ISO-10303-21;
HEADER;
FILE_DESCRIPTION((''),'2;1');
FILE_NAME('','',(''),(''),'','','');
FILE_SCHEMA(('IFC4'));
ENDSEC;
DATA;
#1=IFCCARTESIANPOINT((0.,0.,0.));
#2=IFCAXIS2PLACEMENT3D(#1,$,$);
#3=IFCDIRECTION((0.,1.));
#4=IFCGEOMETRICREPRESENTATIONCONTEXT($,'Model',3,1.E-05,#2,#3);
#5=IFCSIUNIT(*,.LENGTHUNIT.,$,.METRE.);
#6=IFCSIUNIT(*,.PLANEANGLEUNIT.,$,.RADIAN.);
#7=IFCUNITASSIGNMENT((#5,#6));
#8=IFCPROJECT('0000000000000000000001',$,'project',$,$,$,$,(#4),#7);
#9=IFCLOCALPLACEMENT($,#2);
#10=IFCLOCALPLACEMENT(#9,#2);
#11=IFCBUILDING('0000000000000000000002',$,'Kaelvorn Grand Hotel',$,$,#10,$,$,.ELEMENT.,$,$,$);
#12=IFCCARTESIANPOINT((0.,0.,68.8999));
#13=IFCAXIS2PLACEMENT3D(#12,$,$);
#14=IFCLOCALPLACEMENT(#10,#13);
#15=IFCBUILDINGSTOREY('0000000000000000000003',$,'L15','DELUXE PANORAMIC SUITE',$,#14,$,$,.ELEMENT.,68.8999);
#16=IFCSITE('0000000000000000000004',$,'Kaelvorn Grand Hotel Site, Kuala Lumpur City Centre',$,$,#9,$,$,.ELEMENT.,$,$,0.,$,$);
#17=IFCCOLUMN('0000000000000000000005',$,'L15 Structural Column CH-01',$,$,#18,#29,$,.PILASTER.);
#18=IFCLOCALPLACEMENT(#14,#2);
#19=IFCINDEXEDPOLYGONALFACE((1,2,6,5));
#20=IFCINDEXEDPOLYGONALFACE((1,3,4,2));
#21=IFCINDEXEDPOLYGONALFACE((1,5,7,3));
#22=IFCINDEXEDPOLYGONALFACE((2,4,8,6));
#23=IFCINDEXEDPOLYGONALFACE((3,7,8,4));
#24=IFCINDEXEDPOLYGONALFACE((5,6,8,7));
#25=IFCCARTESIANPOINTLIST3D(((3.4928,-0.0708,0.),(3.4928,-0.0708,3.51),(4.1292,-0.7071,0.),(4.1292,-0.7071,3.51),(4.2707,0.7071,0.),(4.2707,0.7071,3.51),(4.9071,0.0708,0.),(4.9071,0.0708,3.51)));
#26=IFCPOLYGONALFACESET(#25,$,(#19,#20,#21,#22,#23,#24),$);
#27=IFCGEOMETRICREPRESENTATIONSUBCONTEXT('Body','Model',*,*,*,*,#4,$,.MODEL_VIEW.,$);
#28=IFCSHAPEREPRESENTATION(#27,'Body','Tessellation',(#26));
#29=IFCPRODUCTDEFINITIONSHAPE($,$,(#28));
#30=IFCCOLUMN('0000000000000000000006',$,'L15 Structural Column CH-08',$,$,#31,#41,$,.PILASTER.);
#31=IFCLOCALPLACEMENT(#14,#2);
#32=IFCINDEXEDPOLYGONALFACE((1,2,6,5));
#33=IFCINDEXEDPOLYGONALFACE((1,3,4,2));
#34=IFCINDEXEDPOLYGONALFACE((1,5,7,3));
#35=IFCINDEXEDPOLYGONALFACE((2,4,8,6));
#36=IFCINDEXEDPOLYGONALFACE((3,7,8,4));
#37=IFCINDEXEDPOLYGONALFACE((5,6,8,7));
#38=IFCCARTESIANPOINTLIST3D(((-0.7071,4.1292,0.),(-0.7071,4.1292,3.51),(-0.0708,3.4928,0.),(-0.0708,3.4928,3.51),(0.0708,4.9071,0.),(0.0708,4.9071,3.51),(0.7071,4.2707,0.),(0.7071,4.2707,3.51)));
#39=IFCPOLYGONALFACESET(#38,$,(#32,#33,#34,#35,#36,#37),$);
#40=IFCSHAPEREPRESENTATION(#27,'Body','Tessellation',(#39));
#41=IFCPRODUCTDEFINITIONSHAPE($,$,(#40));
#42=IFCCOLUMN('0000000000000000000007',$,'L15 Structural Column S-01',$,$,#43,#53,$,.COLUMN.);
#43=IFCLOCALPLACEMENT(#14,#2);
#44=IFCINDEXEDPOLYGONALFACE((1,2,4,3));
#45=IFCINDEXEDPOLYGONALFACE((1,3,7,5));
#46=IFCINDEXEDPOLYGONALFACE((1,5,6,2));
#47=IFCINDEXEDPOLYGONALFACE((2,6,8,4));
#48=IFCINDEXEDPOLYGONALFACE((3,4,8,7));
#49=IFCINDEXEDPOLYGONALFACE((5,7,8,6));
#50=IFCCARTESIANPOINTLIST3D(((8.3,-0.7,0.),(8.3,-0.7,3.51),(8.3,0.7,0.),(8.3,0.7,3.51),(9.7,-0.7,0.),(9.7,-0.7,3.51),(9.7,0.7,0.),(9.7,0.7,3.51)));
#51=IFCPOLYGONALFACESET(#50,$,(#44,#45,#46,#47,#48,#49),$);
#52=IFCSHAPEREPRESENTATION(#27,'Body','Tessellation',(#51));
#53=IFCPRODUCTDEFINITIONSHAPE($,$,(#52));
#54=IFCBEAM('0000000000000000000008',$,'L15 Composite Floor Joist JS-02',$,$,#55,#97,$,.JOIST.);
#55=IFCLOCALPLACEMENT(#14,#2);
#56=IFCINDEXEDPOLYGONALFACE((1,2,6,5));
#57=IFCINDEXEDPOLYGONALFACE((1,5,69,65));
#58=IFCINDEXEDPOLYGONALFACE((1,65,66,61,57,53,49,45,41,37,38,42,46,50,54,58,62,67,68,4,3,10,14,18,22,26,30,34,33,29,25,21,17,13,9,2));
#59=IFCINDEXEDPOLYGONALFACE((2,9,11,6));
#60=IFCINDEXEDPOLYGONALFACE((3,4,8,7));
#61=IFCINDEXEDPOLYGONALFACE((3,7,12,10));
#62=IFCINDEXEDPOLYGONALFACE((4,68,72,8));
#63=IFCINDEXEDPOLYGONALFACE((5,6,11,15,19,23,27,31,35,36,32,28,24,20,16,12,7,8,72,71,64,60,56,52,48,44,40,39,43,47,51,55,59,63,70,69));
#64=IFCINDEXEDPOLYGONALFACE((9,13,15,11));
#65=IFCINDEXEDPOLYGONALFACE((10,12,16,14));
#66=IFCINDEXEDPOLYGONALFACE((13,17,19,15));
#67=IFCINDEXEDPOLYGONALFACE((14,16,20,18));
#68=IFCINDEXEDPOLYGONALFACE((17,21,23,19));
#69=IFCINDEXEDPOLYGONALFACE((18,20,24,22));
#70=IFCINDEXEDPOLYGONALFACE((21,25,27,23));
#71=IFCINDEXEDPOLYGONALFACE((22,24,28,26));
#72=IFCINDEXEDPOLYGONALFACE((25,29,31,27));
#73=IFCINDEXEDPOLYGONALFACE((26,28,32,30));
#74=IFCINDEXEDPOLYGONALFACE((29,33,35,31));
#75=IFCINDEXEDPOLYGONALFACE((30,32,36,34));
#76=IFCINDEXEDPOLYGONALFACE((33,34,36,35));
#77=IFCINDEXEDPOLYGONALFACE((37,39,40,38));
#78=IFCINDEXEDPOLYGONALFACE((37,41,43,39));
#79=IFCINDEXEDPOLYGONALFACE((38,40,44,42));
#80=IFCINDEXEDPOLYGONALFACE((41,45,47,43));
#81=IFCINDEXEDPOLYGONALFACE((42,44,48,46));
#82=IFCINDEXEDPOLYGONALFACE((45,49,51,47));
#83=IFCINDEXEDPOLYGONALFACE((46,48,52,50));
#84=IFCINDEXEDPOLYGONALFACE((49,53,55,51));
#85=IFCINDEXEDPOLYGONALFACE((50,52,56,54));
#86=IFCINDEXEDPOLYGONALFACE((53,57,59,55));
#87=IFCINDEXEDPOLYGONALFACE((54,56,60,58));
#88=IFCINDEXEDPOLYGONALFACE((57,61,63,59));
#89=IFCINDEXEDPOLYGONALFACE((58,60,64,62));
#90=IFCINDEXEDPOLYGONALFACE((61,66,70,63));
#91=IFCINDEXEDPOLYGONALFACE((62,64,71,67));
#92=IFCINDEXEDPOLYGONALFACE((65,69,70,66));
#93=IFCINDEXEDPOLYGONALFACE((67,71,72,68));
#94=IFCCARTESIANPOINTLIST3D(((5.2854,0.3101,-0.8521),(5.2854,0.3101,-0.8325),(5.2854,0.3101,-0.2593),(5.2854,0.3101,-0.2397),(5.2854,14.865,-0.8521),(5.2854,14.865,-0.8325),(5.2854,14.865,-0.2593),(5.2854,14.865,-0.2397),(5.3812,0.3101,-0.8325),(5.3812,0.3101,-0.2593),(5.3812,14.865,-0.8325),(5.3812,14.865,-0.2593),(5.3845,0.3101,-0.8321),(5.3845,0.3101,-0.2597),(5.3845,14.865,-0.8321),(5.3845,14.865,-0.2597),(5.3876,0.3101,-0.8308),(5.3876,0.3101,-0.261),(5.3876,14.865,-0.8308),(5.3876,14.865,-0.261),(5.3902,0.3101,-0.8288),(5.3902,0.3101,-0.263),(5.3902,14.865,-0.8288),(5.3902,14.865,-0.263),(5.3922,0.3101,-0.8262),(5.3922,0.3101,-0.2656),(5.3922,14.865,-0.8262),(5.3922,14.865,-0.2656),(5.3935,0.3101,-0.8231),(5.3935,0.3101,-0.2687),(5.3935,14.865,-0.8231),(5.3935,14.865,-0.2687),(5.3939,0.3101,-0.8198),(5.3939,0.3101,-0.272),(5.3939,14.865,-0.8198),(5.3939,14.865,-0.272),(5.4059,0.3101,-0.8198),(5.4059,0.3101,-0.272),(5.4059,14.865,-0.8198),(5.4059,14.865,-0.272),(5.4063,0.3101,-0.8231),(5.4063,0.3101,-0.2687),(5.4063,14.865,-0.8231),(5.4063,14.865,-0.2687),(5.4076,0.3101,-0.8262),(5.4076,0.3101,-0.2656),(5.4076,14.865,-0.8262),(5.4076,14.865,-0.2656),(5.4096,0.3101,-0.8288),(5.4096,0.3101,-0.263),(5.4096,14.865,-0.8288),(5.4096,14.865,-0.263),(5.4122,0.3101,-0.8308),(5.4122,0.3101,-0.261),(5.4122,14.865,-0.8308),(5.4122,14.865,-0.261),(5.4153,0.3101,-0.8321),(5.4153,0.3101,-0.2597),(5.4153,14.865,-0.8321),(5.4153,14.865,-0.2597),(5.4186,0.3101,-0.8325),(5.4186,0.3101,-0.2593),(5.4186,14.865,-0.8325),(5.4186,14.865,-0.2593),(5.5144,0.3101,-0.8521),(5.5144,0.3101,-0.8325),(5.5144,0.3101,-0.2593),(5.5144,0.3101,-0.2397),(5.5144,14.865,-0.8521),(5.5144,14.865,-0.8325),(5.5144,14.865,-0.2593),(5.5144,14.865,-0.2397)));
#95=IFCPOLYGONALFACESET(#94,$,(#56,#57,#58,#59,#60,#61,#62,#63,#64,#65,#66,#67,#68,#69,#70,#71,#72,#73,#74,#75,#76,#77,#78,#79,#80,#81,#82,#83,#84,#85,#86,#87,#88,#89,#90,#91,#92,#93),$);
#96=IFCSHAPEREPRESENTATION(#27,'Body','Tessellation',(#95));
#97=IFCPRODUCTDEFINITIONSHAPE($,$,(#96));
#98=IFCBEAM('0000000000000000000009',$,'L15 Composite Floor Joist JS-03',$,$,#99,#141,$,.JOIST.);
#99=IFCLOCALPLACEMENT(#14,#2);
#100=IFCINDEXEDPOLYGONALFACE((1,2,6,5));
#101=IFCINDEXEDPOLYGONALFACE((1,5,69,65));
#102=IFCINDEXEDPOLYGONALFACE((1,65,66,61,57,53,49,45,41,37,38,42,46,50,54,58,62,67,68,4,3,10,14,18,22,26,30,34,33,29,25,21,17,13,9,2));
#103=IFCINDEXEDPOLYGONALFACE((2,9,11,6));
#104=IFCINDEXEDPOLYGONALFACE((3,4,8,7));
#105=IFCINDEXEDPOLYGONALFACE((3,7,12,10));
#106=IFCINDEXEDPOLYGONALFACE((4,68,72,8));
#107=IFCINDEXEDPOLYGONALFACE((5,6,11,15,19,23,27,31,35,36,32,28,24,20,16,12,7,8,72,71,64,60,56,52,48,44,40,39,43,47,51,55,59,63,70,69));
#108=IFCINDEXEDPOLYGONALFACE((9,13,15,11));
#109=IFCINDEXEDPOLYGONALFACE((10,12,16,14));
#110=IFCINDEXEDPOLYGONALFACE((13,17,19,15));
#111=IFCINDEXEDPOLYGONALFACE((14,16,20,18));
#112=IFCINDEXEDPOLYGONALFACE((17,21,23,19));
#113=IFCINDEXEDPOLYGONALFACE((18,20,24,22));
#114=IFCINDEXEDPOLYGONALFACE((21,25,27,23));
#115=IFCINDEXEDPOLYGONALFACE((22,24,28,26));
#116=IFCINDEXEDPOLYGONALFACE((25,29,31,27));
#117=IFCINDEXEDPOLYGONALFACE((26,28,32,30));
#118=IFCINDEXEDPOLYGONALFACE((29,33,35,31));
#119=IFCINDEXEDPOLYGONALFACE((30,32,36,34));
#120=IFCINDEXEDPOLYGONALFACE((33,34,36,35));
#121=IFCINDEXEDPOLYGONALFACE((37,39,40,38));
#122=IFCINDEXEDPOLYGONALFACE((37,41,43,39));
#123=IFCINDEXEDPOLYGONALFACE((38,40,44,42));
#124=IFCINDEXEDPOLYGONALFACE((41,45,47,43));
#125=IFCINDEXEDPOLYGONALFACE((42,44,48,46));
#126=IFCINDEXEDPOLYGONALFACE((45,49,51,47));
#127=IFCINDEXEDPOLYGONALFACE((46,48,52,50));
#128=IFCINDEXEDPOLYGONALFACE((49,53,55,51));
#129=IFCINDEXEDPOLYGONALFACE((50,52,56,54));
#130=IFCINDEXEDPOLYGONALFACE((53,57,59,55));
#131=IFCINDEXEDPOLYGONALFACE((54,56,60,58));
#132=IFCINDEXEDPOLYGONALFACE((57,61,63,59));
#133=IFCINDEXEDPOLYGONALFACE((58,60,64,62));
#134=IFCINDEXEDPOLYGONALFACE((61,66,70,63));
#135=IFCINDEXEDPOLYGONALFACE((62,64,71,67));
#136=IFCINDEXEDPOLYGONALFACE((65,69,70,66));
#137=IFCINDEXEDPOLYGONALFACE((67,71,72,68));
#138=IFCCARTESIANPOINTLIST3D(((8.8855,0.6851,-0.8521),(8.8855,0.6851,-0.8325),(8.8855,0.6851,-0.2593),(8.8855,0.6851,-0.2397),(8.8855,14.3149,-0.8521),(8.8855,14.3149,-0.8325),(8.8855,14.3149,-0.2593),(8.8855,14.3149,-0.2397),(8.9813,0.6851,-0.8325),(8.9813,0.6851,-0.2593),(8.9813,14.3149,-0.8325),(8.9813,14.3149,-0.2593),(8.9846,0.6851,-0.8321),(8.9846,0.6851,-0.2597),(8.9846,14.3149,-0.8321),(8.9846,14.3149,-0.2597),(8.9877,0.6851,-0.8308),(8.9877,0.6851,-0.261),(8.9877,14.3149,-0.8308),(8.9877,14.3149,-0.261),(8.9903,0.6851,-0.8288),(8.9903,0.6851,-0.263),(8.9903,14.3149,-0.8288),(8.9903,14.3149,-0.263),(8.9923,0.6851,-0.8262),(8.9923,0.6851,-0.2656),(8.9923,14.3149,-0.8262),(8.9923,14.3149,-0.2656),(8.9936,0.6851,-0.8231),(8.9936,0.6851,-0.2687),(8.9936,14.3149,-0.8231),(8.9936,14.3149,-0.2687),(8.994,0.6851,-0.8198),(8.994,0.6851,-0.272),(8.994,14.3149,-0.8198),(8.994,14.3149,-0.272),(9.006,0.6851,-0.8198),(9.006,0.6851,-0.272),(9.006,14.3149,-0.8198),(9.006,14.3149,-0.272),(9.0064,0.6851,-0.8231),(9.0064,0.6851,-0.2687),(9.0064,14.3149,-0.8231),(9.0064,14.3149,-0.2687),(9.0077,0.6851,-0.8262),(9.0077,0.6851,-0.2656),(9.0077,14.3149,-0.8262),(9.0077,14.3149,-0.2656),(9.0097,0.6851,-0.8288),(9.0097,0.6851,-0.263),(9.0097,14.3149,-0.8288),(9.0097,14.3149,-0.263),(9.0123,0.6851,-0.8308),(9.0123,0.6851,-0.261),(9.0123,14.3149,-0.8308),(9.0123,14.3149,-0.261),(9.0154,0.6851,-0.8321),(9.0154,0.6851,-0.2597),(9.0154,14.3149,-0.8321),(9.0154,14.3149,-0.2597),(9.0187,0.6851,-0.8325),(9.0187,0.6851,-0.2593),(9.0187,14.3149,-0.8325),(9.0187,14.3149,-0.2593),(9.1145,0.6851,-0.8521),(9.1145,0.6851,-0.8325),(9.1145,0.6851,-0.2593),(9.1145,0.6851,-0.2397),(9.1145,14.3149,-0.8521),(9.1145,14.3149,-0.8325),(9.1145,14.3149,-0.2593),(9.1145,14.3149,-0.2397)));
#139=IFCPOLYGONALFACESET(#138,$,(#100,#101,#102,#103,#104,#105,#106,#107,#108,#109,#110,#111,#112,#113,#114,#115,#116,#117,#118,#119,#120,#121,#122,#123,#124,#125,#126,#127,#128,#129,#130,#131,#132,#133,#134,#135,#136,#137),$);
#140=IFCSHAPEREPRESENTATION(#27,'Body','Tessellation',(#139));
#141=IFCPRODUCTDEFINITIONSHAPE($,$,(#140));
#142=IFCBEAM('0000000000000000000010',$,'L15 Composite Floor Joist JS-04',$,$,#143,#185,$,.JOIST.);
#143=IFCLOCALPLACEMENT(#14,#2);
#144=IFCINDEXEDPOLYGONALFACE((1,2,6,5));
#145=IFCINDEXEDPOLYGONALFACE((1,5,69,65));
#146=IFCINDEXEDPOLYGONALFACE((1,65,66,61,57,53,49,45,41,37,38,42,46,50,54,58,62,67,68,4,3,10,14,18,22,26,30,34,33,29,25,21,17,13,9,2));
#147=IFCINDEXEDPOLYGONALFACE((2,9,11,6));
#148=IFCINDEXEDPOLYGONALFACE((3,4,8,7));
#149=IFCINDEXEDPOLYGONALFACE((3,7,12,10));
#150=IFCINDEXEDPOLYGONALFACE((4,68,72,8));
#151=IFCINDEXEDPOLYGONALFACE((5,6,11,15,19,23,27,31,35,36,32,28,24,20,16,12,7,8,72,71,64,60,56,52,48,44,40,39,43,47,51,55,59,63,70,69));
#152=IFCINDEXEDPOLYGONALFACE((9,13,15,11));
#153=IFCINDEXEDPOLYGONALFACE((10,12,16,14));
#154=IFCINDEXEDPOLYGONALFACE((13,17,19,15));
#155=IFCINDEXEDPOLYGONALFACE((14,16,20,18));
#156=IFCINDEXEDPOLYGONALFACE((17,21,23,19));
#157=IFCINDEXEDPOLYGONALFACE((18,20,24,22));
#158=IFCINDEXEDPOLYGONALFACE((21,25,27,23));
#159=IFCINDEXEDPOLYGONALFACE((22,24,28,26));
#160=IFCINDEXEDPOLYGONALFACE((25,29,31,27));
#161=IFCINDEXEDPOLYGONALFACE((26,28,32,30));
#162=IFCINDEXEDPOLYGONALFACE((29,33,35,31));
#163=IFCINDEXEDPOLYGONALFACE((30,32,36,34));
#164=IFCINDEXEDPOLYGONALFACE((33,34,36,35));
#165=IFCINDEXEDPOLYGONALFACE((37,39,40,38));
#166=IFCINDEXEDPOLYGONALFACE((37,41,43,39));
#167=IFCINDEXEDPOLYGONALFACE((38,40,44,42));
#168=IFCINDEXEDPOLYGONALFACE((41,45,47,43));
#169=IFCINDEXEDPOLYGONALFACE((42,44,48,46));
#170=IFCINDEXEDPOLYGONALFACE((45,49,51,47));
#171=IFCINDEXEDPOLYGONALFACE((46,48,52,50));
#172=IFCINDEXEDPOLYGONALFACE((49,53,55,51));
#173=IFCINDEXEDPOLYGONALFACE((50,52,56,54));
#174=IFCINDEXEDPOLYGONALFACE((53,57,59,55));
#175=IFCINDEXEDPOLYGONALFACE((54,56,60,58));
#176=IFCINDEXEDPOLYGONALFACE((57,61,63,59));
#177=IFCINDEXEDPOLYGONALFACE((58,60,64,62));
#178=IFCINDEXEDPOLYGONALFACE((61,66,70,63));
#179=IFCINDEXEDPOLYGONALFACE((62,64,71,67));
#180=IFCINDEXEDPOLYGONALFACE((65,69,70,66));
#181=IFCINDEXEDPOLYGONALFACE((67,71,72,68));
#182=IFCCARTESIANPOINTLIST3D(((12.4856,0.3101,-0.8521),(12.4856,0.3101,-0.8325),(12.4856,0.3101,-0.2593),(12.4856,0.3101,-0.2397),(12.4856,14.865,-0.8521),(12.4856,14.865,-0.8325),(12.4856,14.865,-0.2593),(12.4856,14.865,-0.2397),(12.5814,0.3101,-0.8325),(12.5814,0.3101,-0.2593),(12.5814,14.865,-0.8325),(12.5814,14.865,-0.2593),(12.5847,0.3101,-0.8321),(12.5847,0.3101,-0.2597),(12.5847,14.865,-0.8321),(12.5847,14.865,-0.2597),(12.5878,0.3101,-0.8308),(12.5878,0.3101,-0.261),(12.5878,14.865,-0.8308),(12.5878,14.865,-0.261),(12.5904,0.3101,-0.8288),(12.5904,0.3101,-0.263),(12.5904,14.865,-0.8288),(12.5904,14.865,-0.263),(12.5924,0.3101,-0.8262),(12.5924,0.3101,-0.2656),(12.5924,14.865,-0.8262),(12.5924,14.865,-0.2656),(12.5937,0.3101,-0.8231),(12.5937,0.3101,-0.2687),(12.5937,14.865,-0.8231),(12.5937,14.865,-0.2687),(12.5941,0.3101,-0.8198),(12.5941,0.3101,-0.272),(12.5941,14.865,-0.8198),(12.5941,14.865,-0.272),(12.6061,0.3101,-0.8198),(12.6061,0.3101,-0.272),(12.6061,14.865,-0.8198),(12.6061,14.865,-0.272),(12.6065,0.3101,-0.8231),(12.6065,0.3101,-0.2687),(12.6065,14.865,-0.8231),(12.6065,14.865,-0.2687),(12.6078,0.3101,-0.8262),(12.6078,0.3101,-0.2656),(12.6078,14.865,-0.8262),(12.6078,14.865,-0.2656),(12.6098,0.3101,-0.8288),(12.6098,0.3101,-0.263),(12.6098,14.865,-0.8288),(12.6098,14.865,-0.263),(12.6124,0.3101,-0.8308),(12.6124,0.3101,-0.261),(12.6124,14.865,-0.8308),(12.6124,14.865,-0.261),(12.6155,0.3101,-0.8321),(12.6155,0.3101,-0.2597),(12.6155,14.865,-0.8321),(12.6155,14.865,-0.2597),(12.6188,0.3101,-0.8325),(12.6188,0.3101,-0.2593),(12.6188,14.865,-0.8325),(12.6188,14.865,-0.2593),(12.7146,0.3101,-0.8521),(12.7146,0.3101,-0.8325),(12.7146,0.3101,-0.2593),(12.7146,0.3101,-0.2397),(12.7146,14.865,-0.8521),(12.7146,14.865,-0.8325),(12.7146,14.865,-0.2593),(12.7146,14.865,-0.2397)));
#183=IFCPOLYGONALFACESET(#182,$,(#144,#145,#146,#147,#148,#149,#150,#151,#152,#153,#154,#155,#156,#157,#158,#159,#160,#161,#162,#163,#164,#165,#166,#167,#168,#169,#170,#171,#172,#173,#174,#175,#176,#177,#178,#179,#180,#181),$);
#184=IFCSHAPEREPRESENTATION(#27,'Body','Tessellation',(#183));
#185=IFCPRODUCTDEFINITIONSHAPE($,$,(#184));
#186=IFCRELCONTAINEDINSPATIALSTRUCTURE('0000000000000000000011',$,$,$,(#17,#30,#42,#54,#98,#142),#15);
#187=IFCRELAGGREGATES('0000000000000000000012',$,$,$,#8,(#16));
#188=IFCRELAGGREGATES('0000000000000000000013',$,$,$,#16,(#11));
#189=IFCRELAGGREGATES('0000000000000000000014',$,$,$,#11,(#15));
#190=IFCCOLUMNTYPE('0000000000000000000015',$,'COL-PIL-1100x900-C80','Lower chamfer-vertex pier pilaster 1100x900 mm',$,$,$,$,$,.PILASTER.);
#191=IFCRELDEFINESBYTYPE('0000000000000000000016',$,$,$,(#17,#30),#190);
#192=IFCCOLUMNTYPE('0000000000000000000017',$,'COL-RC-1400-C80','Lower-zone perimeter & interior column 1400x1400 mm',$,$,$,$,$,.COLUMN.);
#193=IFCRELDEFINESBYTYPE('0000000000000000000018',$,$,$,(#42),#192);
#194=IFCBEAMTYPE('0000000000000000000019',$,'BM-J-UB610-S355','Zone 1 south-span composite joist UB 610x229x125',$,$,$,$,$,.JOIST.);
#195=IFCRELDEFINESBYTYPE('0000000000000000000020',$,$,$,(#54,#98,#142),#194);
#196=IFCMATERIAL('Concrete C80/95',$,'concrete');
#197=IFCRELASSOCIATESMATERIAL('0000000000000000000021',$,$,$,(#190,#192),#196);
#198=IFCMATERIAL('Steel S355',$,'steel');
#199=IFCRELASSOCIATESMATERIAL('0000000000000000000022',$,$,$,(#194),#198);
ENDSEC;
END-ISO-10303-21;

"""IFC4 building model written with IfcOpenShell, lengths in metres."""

from ifc_helpers import new_model, si_unit, direction, frame, origin, origin_2d, place, context, subcontext, project, spatial, rectangle, i_section, extrude, material, material_profile, profile_set, type_object, element, save


model = new_model("IFC4")

# Units and contexts
model_context = context("Model", 3, precision=1e-05, world=origin(), true_north=direction((0.0, 1.0)))
body_context = subcontext(model_context, "Body", "Model", "MODEL_VIEW")
ifc_project = project(units=[si_unit("LENGTHUNIT", "METRE"), si_unit("PLANEANGLEUNIT", "RADIAN")], contexts=[model_context])

# Site, building, storey
site_placement = place(None, origin())
site = spatial("IfcSite", under=ifc_project, at=site_placement, Name="Kaelvorn Grand Hotel Site, Kuala Lumpur City Centre", CompositionType="ELEMENT", RefElevation=0.0)
building_placement = place(site_placement, origin())
building = spatial("IfcBuilding", under=site, at=building_placement, Name="Kaelvorn Grand Hotel", CompositionType="ELEMENT")
storey_placement = place(building_placement, frame((0.0, 0.0, 68.8999)))
storey = spatial("IfcBuildingStorey", under=building, at=storey_placement, Name="L15", Description="DELUXE PANORAMIC SUITE", CompositionType="ELEMENT", Elevation=68.8999)

# Columns
ifc_material_1 = material(Name="Concrete C80/95", Category="concrete")
ifc_material_profile_1 = material_profile(ifc_material_1, rectangle(XDim=1.1001, YDim=0.8999, at=origin_2d()), Name="RC PILASTER 1100x900")
ifc_profile_set_1 = profile_set([ifc_material_profile_1], Name="Concrete C80/95")
column_type_1 = type_object("IfcColumnType", Name="COL-PIL-1100x900-C80", Description="Lower chamfer-vertex pier pilaster 1100x900 mm", PredefinedType="PILASTER", material=ifc_profile_set_1)
for number, where, z_axis, x_axis, name in (
    (1, (4.2, 0.0, 0.0), (0.0, 0.0, 1.0), (0.707107, 0.707107, 0.0), "L15 Structural Column CH-01"),
    (2, (0.0, 4.2, 0.0), (0.0, 0.0, 1.0), (0.707107, 0.707107, 0.0), "L15 Structural Column CH-08"),
):
    element("IfcColumn", number, at=place(storey_placement, frame(where, z_axis=z_axis, x_axis=x_axis)), inside=storey, type_object=column_type_1, Name=name, PredefinedType="PILASTER", context=body_context, shape_type="SweptSolid", body=[
        extrude(rectangle(XDim=1.1001, YDim=0.8999, at=origin_2d()), origin(), (0.0, 0.0, 1.0), 3.51),
    ])
ifc_material_profile_2 = material_profile(ifc_material_1, rectangle(XDim=1.3999, YDim=1.3999, at=origin_2d()), Name="RC COL 1400x1400")
ifc_profile_set_2 = profile_set([ifc_material_profile_2], Name="Concrete C80/95")
column_type_2 = type_object("IfcColumnType", Name="COL-RC-1400-C80", Description="Lower-zone perimeter & interior column 1400x1400 mm", PredefinedType="COLUMN", material=ifc_profile_set_2)
column_placement = place(storey_placement, frame((9.0, 0.0, 0.0), z_axis=(0.0, 0.0, 1.0), x_axis=(1.0, 0.0, 0.0)))
element("IfcColumn", 3, at=column_placement, inside=storey, type_object=column_type_2, Name="L15 Structural Column S-01", PredefinedType="COLUMN", context=body_context, shape_type="SweptSolid", body=[
    extrude(rectangle(XDim=1.3999, YDim=1.3999, at=origin_2d()), origin(), (0.0, 0.0, 1.0), 3.51),
])

# Beams
ifc_material_2 = material(Name="Steel S355", Category="steel")
ifc_material_profile_3 = material_profile(ifc_material_2, i_section(OverallWidth=0.229, OverallDepth=0.6123, WebThickness=0.012, FlangeThickness=0.0195, FilletRadius=0.0127, at=origin_2d()), Name="UB 610x229x125")
ifc_profile_set_3 = profile_set([ifc_material_profile_3], Name="Steel S355")
beam_type_1 = type_object("IfcBeamType", Name="BM-J-UB610-S355", Description="Zone 1 south-span composite joist UB 610x229x125", PredefinedType="JOIST", material=ifc_profile_set_3)
beam_1_placement = place(storey_placement, frame((5.3999, 0.3101, -0.5459), z_axis=(0.0, 1.0, 0.0), x_axis=(-1.0, 0.0, 0.0)))
element("IfcBeam", 4, at=beam_1_placement, inside=storey, type_object=beam_type_1, Name="L15 Composite Floor Joist JS-02", PredefinedType="JOIST", context=body_context, shape_type="SweptSolid", body=[
    extrude(i_section(OverallWidth=0.229, OverallDepth=0.6123, WebThickness=0.012, FlangeThickness=0.0195, FilletRadius=0.0127, at=origin_2d()), origin(), (0.0, 0.0, 1.0), 14.5549),
])
beam_2_placement = place(storey_placement, frame((9.0, 0.6851, -0.5459), z_axis=(0.0, 1.0, 0.0), x_axis=(-1.0, 0.0, 0.0)))
element("IfcBeam", 5, at=beam_2_placement, inside=storey, type_object=beam_type_1, Name="L15 Composite Floor Joist JS-03", PredefinedType="JOIST", context=body_context, shape_type="SweptSolid", body=[
    extrude(i_section(OverallWidth=0.229, OverallDepth=0.6123, WebThickness=0.012, FlangeThickness=0.0195, FilletRadius=0.0127, at=origin_2d()), origin(), (0.0, 0.0, 1.0), 13.6299),
])
beam_3_placement = place(storey_placement, frame((12.6001, 0.3101, -0.5459), z_axis=(0.0, 1.0, 0.0), x_axis=(-1.0, 0.0, 0.0)))
element("IfcBeam", 6, at=beam_3_placement, inside=storey, type_object=beam_type_1, Name="L15 Composite Floor Joist JS-04", PredefinedType="JOIST", context=body_context, shape_type="SweptSolid", body=[
    extrude(i_section(OverallWidth=0.229, OverallDepth=0.6123, WebThickness=0.012, FlangeThickness=0.0195, FilletRadius=0.0127, at=origin_2d()), origin(), (0.0, 0.0, 1.0), 14.5549),
])

save(model, "model.ifc")
